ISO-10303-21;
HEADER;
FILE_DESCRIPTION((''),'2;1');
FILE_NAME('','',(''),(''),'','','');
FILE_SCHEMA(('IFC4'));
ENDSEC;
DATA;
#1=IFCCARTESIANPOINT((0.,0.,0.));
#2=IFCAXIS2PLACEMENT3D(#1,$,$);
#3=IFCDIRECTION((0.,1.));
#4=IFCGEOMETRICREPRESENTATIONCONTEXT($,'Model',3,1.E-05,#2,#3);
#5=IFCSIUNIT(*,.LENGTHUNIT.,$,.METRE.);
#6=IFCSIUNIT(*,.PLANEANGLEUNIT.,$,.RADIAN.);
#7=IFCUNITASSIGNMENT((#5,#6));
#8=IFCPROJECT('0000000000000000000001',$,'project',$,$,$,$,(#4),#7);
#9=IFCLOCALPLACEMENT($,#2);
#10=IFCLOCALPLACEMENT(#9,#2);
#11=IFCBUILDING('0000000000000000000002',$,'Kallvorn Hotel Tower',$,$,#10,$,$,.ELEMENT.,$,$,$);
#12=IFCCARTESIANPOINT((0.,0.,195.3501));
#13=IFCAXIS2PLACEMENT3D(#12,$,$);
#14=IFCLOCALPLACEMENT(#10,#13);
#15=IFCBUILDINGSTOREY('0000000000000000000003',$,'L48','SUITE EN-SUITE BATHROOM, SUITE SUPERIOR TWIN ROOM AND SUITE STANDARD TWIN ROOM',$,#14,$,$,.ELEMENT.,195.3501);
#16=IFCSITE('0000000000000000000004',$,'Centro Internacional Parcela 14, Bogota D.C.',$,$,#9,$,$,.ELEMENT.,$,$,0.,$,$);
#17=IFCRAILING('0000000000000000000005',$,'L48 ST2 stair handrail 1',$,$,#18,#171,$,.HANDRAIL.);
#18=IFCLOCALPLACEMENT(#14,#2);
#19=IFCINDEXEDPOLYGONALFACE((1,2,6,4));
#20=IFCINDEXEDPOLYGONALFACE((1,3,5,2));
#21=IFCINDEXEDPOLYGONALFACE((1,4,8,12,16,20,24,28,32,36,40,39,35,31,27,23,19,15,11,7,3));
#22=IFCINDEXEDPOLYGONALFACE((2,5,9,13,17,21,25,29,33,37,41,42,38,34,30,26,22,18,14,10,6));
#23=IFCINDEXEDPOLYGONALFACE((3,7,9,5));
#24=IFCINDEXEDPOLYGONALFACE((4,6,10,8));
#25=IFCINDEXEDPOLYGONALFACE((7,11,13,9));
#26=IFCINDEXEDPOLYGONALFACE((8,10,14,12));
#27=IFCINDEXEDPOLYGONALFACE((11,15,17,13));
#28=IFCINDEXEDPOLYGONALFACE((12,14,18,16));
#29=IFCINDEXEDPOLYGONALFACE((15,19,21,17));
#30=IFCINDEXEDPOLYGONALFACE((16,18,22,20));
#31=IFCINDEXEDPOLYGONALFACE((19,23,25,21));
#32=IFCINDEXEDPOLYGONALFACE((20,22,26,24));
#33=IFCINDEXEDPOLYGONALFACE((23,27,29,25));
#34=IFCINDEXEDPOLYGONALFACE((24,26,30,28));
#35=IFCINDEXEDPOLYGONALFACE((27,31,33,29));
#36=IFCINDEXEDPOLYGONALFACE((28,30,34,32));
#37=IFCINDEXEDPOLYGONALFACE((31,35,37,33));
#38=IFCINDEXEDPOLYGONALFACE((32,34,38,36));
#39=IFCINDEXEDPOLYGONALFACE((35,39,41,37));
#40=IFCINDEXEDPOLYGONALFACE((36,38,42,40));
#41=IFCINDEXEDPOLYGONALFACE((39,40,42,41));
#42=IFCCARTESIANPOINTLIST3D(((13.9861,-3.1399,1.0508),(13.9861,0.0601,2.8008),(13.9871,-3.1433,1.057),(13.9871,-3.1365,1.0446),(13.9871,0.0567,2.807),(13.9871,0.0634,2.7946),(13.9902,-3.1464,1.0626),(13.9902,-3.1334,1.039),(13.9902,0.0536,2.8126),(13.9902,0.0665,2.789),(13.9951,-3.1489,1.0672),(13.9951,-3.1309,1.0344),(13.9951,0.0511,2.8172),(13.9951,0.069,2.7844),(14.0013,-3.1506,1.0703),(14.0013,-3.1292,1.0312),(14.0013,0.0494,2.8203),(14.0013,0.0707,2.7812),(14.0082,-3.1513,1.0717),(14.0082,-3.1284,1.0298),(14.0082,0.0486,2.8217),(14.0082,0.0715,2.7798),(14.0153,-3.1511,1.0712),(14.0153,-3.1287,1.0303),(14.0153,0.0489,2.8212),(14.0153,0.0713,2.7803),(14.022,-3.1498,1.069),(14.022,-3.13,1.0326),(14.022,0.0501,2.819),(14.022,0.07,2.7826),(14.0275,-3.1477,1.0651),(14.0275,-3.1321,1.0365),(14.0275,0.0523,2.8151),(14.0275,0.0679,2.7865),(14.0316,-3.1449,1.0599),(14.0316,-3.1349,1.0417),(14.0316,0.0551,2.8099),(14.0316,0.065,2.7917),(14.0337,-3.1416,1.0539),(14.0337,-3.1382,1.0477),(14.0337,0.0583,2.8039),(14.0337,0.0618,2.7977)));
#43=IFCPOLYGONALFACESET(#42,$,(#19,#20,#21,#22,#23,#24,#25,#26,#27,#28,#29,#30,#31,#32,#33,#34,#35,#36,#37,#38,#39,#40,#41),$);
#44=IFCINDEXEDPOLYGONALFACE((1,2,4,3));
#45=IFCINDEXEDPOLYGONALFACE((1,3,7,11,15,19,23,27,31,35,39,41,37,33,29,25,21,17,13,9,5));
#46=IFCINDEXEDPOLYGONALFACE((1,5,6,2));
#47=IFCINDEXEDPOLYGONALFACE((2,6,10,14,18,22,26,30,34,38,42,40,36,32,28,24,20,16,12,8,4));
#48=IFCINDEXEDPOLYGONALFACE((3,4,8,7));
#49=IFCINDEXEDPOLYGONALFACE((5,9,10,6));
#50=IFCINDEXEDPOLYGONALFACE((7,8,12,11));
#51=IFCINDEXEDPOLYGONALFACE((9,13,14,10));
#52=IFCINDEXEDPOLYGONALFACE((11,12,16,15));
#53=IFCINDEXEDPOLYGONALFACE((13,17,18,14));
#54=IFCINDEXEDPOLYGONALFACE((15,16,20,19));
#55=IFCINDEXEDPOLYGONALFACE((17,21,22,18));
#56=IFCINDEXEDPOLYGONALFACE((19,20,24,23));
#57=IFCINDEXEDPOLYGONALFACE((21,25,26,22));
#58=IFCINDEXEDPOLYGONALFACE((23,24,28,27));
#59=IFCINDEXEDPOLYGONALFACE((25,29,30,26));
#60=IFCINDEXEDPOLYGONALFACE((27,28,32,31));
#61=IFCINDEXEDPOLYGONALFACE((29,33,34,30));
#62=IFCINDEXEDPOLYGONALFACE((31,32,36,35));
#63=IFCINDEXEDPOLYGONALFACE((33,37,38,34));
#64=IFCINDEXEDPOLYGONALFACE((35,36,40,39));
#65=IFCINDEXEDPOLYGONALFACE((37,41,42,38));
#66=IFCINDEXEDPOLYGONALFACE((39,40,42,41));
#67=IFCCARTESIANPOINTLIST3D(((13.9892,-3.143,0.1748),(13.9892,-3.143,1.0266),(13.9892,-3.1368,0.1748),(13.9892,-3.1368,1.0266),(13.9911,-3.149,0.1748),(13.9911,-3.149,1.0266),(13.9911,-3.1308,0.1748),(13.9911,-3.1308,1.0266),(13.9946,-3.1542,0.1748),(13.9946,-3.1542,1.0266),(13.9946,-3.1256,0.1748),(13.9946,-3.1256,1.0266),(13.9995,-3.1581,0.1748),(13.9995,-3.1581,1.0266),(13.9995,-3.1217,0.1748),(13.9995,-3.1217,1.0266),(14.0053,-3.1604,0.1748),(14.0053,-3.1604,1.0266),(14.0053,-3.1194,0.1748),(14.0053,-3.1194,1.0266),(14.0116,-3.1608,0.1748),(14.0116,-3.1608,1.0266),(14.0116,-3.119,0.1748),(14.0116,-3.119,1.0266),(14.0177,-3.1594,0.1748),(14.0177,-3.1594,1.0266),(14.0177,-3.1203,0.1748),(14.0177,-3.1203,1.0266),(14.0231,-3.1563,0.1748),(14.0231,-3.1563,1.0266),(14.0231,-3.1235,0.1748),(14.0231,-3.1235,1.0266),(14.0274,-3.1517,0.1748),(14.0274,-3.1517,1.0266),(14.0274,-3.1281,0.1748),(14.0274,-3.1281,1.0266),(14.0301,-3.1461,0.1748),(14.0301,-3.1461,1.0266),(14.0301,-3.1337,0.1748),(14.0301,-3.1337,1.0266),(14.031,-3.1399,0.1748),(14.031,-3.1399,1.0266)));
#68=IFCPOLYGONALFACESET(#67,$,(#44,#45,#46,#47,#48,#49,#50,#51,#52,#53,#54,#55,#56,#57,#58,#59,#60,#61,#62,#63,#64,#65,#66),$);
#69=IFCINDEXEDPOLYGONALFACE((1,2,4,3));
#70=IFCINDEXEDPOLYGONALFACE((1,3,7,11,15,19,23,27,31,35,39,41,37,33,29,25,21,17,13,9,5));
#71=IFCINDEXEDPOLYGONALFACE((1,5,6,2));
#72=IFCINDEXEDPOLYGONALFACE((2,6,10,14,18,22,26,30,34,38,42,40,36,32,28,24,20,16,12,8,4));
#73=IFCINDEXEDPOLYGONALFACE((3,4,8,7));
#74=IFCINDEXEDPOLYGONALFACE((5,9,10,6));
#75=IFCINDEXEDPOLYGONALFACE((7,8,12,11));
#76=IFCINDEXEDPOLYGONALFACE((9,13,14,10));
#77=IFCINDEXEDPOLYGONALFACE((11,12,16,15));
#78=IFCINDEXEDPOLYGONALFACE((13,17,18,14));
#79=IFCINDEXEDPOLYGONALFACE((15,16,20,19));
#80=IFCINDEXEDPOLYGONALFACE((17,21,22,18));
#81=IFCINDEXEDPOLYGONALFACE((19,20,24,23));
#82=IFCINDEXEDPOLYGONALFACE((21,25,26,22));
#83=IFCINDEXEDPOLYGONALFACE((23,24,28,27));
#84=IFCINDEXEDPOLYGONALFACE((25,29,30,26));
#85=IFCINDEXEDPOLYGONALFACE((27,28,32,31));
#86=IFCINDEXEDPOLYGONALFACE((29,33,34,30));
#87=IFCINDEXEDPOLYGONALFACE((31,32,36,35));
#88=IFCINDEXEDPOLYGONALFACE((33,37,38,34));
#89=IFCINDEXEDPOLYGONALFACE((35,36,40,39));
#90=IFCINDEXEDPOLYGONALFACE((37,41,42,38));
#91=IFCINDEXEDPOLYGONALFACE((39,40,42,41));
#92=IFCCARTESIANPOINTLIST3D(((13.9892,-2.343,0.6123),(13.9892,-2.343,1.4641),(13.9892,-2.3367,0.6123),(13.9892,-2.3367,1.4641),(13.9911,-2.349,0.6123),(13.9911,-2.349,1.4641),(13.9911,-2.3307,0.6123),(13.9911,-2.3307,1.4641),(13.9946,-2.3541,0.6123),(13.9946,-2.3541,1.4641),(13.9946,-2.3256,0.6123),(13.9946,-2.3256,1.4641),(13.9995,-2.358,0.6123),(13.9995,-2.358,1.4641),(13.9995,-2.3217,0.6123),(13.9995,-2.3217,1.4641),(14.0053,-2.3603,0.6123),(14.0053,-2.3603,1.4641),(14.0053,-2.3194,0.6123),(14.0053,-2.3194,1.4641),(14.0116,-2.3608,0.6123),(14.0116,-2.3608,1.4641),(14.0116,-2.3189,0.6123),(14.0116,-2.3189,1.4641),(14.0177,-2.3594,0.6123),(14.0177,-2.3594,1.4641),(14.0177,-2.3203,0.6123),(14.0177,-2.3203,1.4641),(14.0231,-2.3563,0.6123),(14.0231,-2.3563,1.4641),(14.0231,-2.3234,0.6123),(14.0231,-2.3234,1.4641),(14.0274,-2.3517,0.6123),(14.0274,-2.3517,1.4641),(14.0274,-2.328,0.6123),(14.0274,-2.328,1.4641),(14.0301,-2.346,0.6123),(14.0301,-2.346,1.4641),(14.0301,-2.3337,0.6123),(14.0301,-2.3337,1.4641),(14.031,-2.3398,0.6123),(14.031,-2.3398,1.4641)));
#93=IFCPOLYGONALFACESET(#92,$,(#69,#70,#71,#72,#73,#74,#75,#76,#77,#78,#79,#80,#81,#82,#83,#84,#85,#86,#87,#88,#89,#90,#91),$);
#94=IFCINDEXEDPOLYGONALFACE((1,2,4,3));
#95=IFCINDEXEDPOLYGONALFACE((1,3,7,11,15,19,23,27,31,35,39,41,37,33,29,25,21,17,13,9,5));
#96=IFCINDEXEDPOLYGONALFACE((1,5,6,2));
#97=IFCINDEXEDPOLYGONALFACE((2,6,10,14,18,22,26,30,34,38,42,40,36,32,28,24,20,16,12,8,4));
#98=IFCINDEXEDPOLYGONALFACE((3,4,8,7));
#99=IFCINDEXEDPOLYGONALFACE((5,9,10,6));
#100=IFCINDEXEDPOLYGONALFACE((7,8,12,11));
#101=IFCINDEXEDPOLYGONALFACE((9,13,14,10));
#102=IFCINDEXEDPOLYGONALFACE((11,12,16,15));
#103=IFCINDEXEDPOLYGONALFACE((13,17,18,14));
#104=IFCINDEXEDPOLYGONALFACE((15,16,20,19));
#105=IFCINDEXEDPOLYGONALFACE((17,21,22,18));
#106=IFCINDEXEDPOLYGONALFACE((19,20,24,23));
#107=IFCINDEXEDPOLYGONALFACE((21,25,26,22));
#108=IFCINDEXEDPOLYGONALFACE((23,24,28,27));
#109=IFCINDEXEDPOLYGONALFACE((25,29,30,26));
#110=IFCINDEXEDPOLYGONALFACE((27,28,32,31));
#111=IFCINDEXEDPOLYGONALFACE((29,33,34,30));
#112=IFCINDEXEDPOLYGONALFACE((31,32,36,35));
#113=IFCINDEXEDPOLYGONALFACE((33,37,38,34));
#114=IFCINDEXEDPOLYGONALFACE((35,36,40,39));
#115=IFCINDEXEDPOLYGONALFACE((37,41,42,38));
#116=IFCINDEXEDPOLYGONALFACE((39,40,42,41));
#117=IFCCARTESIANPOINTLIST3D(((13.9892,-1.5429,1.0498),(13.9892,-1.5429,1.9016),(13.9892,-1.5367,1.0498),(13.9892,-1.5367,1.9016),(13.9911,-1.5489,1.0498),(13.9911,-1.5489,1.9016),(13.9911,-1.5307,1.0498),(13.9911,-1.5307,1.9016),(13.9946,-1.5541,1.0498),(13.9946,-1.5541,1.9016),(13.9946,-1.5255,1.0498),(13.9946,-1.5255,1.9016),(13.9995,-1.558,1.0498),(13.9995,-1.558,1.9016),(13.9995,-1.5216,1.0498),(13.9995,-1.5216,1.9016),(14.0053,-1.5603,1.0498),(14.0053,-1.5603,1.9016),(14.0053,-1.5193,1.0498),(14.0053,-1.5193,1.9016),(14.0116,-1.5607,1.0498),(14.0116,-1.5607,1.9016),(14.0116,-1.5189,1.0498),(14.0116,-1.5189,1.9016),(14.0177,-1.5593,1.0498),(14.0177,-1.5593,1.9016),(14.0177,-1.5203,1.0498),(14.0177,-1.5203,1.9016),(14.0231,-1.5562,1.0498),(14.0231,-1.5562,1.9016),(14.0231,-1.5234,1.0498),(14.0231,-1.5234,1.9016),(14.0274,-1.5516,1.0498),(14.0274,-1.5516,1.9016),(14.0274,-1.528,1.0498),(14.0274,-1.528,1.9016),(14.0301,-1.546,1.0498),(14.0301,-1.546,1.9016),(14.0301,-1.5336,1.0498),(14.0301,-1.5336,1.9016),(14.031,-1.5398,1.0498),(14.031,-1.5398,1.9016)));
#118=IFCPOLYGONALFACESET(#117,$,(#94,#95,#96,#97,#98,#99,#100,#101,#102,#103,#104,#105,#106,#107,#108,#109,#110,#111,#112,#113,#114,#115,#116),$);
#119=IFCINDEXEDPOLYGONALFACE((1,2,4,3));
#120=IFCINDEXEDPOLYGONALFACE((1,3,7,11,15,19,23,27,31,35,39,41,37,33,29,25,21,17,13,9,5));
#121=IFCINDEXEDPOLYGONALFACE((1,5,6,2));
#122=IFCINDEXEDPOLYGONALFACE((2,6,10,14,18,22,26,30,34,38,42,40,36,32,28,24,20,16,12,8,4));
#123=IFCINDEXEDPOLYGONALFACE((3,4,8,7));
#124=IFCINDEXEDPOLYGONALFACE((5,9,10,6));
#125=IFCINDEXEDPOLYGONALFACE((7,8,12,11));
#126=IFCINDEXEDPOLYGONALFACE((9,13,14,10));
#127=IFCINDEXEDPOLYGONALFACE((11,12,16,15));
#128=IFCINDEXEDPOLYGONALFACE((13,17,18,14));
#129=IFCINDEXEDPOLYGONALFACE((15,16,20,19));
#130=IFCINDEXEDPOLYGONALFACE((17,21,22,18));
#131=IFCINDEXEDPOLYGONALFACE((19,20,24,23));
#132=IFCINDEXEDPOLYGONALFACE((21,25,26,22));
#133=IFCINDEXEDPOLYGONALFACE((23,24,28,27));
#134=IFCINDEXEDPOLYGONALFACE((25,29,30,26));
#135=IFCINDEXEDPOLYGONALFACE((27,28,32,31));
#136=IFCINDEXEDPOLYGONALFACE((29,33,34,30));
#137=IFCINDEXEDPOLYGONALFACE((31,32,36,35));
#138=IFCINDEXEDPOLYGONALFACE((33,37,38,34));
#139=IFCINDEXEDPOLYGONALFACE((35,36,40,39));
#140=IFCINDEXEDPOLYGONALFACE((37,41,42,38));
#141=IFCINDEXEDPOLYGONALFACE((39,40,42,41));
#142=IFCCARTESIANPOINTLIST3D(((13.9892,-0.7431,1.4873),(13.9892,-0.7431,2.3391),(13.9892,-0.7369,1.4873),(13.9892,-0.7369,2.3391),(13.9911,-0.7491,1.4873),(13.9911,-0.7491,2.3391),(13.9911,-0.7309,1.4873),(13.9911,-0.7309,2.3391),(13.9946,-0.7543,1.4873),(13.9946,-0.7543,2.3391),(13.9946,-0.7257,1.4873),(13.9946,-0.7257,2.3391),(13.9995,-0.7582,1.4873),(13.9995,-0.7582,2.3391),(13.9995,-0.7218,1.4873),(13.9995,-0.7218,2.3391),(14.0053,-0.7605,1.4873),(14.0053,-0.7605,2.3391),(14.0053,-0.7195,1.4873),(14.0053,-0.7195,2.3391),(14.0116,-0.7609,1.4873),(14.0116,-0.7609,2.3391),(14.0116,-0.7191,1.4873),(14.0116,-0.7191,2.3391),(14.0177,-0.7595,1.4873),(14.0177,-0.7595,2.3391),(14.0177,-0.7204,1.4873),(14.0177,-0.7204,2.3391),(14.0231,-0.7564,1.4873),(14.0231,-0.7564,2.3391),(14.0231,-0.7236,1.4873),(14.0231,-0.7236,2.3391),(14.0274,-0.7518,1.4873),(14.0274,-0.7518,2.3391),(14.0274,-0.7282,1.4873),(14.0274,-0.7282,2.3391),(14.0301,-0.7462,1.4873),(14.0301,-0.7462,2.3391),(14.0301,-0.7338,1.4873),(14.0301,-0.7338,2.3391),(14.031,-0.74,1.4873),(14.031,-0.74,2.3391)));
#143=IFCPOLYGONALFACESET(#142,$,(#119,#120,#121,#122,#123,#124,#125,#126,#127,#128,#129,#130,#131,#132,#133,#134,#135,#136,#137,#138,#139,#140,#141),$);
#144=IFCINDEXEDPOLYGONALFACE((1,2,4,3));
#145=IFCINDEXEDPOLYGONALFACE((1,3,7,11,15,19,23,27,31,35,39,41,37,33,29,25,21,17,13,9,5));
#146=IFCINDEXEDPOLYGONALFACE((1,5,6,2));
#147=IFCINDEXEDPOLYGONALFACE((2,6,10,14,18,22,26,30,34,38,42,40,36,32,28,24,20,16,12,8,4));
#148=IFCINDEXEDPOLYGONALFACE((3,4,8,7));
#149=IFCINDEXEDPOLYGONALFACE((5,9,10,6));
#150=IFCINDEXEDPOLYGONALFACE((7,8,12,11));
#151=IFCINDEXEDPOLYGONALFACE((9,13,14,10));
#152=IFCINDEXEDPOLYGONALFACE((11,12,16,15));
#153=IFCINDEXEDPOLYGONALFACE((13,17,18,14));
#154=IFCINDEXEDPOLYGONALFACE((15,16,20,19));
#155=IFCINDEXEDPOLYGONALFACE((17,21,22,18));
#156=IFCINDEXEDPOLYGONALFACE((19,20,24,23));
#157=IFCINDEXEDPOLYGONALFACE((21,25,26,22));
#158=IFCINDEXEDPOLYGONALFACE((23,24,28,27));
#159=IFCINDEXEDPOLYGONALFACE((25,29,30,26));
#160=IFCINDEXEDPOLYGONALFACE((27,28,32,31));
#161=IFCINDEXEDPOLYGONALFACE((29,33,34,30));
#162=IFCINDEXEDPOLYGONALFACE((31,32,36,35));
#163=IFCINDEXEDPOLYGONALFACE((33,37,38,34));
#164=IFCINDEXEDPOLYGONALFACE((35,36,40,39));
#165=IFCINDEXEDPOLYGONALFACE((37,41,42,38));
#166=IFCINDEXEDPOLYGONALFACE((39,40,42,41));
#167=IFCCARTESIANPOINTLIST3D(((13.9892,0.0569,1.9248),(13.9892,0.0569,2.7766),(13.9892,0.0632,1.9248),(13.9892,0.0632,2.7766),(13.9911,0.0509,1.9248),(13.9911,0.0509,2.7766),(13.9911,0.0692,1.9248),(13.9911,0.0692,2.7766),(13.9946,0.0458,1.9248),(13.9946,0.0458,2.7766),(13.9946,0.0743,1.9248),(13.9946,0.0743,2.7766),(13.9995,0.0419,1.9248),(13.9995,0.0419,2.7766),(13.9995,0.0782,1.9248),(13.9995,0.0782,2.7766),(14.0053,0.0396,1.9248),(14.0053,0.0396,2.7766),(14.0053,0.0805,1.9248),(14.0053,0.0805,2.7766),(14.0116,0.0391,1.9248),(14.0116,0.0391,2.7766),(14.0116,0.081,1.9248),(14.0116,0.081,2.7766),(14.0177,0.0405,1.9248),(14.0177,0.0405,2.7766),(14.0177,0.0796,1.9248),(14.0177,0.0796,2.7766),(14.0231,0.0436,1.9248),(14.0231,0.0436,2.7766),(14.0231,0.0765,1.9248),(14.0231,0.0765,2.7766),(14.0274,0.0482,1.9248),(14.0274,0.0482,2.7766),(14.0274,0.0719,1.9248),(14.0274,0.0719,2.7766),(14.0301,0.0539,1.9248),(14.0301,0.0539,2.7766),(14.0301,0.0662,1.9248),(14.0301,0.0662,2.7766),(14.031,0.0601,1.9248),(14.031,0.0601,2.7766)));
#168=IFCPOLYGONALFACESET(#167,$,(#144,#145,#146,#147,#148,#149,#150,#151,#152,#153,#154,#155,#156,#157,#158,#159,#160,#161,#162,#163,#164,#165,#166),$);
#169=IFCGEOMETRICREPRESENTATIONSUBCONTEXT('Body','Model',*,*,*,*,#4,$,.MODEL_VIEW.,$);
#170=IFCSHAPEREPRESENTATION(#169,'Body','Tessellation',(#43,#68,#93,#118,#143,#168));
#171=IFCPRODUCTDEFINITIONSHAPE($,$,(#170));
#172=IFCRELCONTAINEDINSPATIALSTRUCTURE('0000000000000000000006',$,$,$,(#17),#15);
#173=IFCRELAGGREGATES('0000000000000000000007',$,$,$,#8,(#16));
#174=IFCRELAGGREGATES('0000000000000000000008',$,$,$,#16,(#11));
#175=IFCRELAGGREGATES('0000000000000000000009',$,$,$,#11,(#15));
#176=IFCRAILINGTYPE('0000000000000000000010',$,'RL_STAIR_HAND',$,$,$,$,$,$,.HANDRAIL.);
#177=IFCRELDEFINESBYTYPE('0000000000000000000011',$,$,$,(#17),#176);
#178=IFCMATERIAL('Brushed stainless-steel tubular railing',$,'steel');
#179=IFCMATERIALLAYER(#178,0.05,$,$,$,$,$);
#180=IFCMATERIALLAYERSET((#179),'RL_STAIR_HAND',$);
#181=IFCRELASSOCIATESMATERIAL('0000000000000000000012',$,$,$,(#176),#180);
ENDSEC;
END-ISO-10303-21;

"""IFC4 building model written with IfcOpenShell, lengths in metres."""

from ifc_helpers import new_model, si_unit, direction, frame, origin, origin_2d, place, context, subcontext, project, spatial, circle, extrude, material, layer, layer_set, type_object, element, save


model = new_model("IFC4")

# Units and contexts
model_context = context("Model", 3, precision=1e-05, world=origin(), true_north=direction((0.0, 1.0)))
body_context = subcontext(model_context, "Body", "Model", "MODEL_VIEW")
ifc_project = project(units=[si_unit("LENGTHUNIT", "METRE"), si_unit("PLANEANGLEUNIT", "RADIAN")], contexts=[model_context])

# Site, building, storey
site_placement = place(None, origin())
site = spatial("IfcSite", under=ifc_project, at=site_placement, Name="Centro Internacional Parcela 14, Bogota D.C.", CompositionType="ELEMENT", RefElevation=0.0)
building_placement = place(site_placement, origin())
building = spatial("IfcBuilding", under=site, at=building_placement, Name="Kallvorn Hotel Tower", CompositionType="ELEMENT")
storey_placement = place(building_placement, frame((0.0, 0.0, 195.3501)))
storey = spatial("IfcBuildingStorey", under=building, at=storey_placement, Name="L48", Description="SUITE EN-SUITE BATHROOM, SUITE SUPERIOR TWIN ROOM AND SUITE STANDARD TWIN ROOM", CompositionType="ELEMENT", Elevation=195.3501)

# Railing
ifc_material_1 = material(Name="Brushed stainless-steel tubular railing", Category="steel")
ifc_layer_1 = layer(ifc_material_1, 0.05)
ifc_layer_set_1 = layer_set([ifc_layer_1], Name="RL_STAIR_HAND")
railing_type_1 = type_object("IfcRailingType", Name="RL_STAIR_HAND", PredefinedType="HANDRAIL", material=ifc_layer_set_1)
railing_1_placement = place(storey_placement, frame((14.01, -3.1399, 0.1748)))
element("IfcRailing", 1, at=railing_1_placement, inside=storey, type_object=railing_type_1, Name="L48 ST2 stair handrail 1", PredefinedType="HANDRAIL", context=body_context, shape_type="SweptSolid", body=[
    extrude(circle(Radius=0.0239, at=origin_2d()), frame((0.0, 0.0, 0.876), z_axis=(0.0, 0.877368, 0.479818), x_axis=(-1.0, 0.0, 0.0)), (0.0, 0.0, 1.0), 3.6472),
    extrude(circle(Radius=0.021, at=origin_2d()), origin(), (0.0, 0.0, 1.0), 0.8518),
    extrude(circle(Radius=0.021, at=origin_2d()), frame((0.0, 0.8, 0.4375)), (0.0, 0.0, 1.0), 0.8518),
    extrude(circle(Radius=0.021, at=origin_2d()), frame((0.0, 1.6001, 0.875)), (0.0, 0.0, 1.0), 0.8518),
    extrude(circle(Radius=0.021, at=origin_2d()), frame((0.0, 2.3999, 1.3125)), (0.0, 0.0, 1.0), 0.8518),
    extrude(circle(Radius=0.021, at=origin_2d()), frame((0.0, 3.2, 1.75)), (0.0, 0.0, 1.0), 0.8518),
])

save(model, "model.ifc")
